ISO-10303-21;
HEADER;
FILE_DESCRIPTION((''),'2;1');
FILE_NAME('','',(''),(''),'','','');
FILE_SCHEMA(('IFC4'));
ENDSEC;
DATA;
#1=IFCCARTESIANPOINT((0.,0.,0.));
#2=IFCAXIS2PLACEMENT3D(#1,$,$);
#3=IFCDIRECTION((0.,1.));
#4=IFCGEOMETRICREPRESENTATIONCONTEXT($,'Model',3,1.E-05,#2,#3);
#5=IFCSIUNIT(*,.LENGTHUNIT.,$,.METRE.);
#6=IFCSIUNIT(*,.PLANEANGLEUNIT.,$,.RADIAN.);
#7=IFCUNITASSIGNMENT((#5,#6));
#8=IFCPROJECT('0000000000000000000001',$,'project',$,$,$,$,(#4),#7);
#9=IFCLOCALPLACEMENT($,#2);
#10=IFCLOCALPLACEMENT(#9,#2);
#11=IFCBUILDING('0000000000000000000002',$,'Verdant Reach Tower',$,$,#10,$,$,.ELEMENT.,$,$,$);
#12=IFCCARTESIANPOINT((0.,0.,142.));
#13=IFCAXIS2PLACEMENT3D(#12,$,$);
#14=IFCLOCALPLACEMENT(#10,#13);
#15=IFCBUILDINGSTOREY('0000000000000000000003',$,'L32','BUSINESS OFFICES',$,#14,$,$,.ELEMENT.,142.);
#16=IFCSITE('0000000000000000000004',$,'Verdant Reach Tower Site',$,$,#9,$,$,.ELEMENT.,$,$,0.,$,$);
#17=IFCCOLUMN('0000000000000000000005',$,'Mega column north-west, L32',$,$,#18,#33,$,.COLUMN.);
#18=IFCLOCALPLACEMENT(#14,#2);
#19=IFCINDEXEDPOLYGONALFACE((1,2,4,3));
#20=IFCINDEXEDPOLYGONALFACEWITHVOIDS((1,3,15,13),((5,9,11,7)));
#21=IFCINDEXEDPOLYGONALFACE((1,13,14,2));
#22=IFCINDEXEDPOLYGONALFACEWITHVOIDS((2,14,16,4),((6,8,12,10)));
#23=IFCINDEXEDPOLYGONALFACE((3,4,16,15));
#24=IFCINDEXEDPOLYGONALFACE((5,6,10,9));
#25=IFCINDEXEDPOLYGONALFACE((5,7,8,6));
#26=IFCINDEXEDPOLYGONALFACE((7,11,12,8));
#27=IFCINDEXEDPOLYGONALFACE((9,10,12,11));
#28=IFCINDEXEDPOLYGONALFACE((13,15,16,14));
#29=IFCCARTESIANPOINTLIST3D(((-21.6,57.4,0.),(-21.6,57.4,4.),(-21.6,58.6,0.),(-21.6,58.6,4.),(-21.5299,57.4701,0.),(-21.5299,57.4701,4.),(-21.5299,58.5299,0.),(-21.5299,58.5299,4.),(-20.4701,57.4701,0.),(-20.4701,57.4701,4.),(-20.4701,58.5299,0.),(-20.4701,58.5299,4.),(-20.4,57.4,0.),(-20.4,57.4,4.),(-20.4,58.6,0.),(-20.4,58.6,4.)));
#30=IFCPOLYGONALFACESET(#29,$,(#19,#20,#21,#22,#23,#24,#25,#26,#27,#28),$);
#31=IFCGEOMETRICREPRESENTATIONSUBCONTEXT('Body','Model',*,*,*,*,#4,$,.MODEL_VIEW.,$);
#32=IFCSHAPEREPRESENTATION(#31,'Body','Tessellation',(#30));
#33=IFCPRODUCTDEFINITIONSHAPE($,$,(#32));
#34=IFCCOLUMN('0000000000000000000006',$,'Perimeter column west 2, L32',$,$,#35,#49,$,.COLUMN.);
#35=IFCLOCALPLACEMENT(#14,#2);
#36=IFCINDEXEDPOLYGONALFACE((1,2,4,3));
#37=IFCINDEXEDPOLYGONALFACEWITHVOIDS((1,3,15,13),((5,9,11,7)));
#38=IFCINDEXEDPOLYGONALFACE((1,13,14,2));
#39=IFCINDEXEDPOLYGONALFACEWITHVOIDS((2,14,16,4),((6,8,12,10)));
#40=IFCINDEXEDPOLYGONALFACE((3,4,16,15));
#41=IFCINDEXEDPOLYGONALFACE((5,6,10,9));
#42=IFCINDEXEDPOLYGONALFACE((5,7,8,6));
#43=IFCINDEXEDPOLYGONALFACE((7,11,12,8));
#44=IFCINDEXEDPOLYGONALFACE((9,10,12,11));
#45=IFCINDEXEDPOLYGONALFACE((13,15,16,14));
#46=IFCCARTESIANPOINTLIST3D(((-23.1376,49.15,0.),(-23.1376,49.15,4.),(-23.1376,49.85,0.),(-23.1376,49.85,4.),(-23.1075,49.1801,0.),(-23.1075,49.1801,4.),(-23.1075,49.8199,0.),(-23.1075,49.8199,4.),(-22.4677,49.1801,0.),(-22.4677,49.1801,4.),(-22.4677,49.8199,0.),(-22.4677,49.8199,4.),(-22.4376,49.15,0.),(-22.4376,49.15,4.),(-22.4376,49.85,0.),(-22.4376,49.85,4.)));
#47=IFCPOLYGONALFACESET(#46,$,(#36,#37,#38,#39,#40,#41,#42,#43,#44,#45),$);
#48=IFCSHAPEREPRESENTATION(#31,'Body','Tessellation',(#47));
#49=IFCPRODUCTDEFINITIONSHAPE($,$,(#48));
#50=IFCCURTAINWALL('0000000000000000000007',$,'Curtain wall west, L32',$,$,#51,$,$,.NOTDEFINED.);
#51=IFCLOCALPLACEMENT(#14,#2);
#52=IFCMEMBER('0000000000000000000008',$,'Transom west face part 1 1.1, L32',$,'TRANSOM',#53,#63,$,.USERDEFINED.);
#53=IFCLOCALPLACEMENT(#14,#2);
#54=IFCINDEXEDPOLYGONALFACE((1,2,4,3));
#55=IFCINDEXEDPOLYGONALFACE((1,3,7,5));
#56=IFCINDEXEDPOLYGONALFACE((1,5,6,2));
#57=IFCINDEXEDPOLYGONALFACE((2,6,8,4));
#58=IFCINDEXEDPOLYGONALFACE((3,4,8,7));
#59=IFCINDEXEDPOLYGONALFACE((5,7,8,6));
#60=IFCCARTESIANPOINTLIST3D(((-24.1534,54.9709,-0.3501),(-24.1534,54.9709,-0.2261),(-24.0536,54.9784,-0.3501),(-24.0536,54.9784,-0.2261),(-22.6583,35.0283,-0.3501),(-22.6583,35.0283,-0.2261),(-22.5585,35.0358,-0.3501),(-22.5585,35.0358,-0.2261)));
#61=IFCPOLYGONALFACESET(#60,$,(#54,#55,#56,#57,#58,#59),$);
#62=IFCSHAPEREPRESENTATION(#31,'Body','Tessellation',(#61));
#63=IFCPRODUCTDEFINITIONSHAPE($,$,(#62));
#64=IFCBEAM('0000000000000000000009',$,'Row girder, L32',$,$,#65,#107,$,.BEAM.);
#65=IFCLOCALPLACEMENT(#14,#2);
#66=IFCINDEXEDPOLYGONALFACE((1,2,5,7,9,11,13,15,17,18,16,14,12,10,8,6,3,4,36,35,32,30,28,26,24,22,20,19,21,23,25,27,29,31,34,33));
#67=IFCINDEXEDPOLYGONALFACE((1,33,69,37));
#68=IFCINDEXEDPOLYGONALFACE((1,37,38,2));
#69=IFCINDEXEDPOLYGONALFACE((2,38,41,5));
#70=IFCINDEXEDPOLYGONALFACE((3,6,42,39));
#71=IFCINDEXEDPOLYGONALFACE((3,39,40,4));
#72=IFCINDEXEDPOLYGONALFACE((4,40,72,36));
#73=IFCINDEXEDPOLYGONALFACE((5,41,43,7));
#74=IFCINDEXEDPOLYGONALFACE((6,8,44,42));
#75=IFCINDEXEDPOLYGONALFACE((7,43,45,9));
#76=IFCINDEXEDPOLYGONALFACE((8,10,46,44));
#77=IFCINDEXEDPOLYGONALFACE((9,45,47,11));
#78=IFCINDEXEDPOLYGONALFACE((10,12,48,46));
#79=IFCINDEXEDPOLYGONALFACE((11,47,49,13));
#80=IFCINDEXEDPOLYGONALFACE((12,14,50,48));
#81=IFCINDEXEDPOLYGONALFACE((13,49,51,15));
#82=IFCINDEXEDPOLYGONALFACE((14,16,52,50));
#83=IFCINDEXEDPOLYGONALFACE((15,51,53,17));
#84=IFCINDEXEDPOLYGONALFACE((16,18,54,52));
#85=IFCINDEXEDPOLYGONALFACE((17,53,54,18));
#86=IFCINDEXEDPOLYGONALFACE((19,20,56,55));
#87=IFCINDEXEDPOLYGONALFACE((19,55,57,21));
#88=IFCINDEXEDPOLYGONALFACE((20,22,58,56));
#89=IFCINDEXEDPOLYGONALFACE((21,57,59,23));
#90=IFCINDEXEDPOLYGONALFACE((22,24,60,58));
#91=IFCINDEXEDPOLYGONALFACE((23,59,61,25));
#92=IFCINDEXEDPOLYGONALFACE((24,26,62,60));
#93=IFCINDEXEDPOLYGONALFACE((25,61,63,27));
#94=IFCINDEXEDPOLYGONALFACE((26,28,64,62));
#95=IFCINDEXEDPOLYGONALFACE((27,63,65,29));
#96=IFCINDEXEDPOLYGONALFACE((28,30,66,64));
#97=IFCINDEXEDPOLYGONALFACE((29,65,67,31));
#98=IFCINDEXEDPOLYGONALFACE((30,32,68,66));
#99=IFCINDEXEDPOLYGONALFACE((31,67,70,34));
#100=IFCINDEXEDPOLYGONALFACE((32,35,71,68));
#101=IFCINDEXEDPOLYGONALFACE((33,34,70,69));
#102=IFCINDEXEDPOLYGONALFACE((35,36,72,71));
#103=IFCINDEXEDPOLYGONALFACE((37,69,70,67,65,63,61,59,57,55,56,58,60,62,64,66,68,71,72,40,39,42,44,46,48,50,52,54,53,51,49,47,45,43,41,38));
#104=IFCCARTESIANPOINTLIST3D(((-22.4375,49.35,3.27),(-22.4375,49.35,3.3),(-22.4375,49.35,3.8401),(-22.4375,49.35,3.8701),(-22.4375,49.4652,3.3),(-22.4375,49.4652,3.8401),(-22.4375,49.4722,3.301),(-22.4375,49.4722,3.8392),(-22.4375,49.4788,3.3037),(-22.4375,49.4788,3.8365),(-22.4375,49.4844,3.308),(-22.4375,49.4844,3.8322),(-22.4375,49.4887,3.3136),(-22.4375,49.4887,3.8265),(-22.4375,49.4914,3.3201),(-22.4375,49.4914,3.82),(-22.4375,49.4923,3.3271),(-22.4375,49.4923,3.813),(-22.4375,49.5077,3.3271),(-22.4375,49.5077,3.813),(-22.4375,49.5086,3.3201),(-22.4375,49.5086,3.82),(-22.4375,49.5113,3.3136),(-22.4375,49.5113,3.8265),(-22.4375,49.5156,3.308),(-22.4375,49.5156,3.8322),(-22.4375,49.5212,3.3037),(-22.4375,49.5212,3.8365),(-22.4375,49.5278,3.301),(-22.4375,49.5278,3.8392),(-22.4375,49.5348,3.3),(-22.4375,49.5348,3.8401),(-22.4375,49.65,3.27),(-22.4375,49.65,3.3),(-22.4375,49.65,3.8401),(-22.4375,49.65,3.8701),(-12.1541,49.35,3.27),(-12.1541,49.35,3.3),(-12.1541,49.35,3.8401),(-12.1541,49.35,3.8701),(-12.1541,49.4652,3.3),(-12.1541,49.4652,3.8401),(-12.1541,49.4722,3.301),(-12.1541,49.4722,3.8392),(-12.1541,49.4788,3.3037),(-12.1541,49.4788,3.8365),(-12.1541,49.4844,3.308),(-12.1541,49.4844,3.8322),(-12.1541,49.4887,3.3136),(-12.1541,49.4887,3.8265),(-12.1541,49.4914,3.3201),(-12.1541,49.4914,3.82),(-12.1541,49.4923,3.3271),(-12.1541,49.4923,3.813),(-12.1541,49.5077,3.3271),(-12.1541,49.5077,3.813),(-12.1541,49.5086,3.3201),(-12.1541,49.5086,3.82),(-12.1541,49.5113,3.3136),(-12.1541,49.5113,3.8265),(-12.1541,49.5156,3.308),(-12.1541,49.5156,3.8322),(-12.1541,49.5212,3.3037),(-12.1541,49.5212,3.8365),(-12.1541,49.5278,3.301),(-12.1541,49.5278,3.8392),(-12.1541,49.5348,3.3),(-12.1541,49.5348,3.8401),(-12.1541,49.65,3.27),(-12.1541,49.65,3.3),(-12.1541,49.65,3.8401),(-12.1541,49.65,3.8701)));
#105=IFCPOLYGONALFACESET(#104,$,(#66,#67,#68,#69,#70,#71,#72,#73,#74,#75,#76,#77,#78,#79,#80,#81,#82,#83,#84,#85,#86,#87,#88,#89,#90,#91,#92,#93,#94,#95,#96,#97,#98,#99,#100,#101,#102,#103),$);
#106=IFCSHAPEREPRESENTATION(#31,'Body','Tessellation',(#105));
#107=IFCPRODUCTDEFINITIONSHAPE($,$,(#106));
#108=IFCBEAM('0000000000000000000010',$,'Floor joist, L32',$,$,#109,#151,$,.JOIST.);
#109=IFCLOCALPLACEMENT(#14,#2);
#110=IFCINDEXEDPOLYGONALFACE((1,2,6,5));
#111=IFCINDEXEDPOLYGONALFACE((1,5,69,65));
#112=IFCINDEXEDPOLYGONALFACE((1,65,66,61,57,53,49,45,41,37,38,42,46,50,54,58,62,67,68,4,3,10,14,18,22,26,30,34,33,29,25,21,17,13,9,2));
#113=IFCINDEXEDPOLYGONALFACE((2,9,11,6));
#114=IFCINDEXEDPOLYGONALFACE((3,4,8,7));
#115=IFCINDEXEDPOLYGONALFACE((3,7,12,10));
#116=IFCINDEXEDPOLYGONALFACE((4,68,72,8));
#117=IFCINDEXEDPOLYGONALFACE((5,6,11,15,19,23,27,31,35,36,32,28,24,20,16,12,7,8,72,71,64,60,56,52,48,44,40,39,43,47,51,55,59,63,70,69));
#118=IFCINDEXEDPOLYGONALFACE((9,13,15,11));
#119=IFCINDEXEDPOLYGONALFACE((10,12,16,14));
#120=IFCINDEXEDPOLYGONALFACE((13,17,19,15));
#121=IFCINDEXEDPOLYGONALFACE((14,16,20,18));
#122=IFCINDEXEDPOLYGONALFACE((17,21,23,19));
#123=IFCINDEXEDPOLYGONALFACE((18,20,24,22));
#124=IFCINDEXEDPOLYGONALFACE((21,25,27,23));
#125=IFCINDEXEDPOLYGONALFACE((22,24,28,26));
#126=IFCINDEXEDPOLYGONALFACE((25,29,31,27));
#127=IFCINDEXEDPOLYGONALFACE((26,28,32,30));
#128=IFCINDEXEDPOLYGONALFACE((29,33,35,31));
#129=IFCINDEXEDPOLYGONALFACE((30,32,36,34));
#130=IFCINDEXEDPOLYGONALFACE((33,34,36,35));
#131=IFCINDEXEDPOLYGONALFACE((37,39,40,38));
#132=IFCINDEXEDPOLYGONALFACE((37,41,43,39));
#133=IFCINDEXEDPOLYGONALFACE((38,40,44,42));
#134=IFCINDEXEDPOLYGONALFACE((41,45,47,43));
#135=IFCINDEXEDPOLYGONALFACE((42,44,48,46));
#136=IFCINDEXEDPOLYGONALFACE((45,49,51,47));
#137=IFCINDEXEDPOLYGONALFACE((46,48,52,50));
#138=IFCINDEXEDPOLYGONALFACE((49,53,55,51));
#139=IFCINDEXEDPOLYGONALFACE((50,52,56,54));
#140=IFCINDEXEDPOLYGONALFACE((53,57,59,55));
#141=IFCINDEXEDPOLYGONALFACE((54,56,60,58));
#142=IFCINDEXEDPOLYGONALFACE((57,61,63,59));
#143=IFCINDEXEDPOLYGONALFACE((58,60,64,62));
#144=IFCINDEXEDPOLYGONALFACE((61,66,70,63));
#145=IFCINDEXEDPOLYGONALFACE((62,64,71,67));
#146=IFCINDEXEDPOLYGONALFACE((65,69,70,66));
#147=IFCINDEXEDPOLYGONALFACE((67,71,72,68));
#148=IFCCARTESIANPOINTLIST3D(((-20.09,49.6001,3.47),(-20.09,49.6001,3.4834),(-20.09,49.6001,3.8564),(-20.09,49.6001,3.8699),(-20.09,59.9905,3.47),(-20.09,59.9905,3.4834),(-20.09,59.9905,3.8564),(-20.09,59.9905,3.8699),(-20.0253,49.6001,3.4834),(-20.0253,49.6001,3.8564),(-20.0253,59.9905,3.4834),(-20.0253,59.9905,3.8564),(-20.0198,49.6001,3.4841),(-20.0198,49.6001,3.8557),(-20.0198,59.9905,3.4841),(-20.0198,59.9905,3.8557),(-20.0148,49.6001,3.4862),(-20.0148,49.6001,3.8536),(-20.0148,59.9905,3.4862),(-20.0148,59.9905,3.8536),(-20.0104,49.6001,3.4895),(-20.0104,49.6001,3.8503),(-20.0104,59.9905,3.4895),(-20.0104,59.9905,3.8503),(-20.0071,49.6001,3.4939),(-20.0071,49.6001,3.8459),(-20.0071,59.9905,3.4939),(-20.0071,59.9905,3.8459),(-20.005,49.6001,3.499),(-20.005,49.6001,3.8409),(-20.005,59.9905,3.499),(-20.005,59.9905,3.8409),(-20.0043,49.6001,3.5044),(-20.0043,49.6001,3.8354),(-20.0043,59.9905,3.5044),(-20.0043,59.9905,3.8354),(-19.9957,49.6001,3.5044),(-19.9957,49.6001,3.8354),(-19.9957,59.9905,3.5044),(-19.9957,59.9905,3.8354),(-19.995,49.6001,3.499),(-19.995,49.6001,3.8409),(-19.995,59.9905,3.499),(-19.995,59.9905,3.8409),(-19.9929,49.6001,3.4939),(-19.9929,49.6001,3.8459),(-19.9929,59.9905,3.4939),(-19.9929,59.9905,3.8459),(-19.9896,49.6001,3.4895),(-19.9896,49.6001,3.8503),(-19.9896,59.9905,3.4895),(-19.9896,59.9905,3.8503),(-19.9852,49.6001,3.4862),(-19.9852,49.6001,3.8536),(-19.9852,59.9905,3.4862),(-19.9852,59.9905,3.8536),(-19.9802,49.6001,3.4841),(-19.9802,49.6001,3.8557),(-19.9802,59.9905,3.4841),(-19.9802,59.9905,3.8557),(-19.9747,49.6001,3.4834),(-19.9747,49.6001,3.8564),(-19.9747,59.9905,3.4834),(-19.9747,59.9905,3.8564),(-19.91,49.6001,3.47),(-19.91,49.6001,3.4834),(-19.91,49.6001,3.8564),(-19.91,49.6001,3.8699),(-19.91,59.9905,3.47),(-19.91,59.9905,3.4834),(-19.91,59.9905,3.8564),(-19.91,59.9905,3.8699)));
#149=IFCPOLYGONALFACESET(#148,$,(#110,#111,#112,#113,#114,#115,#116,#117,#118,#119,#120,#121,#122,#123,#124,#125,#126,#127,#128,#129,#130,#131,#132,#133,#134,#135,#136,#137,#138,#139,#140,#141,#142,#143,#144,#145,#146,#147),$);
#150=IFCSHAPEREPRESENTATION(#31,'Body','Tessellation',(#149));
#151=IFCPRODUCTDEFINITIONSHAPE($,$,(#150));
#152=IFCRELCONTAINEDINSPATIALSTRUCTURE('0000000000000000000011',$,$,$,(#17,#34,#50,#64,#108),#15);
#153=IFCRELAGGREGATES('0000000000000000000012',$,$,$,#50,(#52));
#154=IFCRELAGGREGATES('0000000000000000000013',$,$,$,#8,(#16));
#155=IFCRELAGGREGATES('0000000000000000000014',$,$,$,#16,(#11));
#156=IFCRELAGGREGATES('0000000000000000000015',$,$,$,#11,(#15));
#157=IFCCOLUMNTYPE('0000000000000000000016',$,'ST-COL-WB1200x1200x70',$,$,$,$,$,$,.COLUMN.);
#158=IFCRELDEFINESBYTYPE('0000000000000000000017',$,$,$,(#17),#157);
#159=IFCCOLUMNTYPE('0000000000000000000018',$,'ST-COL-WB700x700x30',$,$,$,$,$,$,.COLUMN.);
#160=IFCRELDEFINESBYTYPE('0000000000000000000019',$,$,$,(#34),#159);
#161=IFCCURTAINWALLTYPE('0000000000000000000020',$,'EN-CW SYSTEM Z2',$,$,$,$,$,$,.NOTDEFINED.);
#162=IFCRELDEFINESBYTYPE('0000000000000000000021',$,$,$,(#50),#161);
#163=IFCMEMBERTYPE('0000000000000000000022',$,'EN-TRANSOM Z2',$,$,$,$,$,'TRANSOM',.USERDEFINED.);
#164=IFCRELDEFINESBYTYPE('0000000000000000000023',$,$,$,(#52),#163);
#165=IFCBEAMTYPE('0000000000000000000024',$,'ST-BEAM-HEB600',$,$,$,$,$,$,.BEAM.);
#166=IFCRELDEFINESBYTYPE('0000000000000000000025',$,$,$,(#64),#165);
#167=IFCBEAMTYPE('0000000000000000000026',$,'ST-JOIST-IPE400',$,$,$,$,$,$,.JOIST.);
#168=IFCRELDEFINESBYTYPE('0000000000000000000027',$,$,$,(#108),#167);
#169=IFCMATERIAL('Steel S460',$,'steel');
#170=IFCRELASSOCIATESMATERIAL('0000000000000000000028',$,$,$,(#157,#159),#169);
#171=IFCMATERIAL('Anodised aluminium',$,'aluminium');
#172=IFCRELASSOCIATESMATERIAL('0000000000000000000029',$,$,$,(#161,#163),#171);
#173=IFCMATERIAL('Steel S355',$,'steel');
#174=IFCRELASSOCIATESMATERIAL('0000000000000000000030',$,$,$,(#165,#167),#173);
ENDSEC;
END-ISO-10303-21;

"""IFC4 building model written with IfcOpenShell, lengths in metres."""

from ifc_helpers import new_model, si_unit, direction, frame, origin, origin_2d, place, context, subcontext, project, spatial, rectangle, hollow_rectangle, i_section, extrude, material, material_profile, profile_set, type_object, element, aggregate, save


model = new_model("IFC4")

# Units and contexts
model_context = context("Model", 3, precision=1e-05, world=origin(), true_north=direction((0.0, 1.0)))
body_context = subcontext(model_context, "Body", "Model", "MODEL_VIEW")
ifc_project = project(units=[si_unit("LENGTHUNIT", "METRE"), si_unit("PLANEANGLEUNIT", "RADIAN")], contexts=[model_context])

# Site, building, storey
site_placement = place(None, origin())
site = spatial("IfcSite", under=ifc_project, at=site_placement, Name="Verdant Reach Tower Site", CompositionType="ELEMENT", RefElevation=0.0)
building_placement = place(site_placement, origin())
building = spatial("IfcBuilding", under=site, at=building_placement, Name="Verdant Reach Tower", CompositionType="ELEMENT")
storey_placement = place(building_placement, frame((0.0, 0.0, 142.0)))
storey = spatial("IfcBuildingStorey", under=building, at=storey_placement, Name="L32", Description="BUSINESS OFFICES", CompositionType="ELEMENT", Elevation=142.0)

# Columns
ifc_material_1 = material(Name="Steel S460", Category="steel")
ifc_material_profile_1 = material_profile(ifc_material_1, hollow_rectangle(XDim=1.2, YDim=1.2, WallThickness=0.0701, at=origin_2d()), Name="WB 1200x1200x70")
ifc_profile_set_1 = profile_set([ifc_material_profile_1], Name="Steel S460")
column_type_1 = type_object("IfcColumnType", Name="ST-COL-WB1200x1200x70", PredefinedType="COLUMN", material=ifc_profile_set_1)
column_1_placement = place(storey_placement, frame((-21.0, 58.0, 0.0), z_axis=(0.0, 0.0, 1.0), x_axis=(1.0, 0.0, 0.0)))
element("IfcColumn", 1, at=column_1_placement, inside=storey, type_object=column_type_1, Name="Mega column north-west, L32", PredefinedType="COLUMN", context=body_context, shape_type="SweptSolid", body=[
    extrude(hollow_rectangle(XDim=1.2, YDim=1.2, WallThickness=0.0701, at=origin_2d()), origin(), (0.0, 0.0, 1.0), 4.0),
])
ifc_material_profile_2 = material_profile(ifc_material_1, hollow_rectangle(XDim=0.7, YDim=0.7, WallThickness=0.03, at=origin_2d()), Name="WB 700x700x30")
ifc_profile_set_2 = profile_set([ifc_material_profile_2], Name="Steel S460")
column_type_2 = type_object("IfcColumnType", Name="ST-COL-WB700x700x30", PredefinedType="COLUMN", material=ifc_profile_set_2)
column_2_placement = place(storey_placement, frame((-22.7876, 49.5, 0.0), z_axis=(0.0, 0.0, 1.0), x_axis=(1.0, 0.0, 0.0)))
element("IfcColumn", 2, at=column_2_placement, inside=storey, type_object=column_type_2, Name="Perimeter column west 2, L32", PredefinedType="COLUMN", context=body_context, shape_type="SweptSolid", body=[
    extrude(hollow_rectangle(XDim=0.7, YDim=0.7, WallThickness=0.03, at=origin_2d()), origin(), (0.0, 0.0, 1.0), 4.0),
])

# Curtain wall, member
ifc_material_2 = material(Name="Anodised aluminium", Category="aluminium")
curtain_wall_type = type_object("IfcCurtainWallType", Name="EN-CW SYSTEM Z2", PredefinedType="NOTDEFINED", material=ifc_material_2)
curtain_wall_1_placement = place(storey_placement, origin())
curtain_wall_1 = element("IfcCurtainWall", 3, at=curtain_wall_1_placement, inside=storey, type_object=curtain_wall_type, Name="Curtain wall west, L32", PredefinedType="NOTDEFINED")
ifc_material_profile_3 = material_profile(ifc_material_2, rectangle(XDim=0.1001, YDim=0.124, at=origin_2d()), Name="Transom 124x100")
ifc_profile_set_3 = profile_set([ifc_material_profile_3], Name="Anodised aluminium")
member_type = type_object("IfcMemberType", Name="EN-TRANSOM Z2", ElementType="TRANSOM", PredefinedType="USERDEFINED", material=ifc_profile_set_3)
member_placement = place(storey_placement, frame((-24.1035, 54.9746, -0.2881), z_axis=(0.074761, -0.997201, 0.0), x_axis=(0.997201, 0.074761, 0.0)))
member = element("IfcMember", 4, at=member_placement, type_object=member_type, Name="Transom west face part 1 1.1, L32", ObjectType="TRANSOM", PredefinedType="USERDEFINED", context=body_context, shape_type="SweptSolid", body=[
    extrude(rectangle(XDim=0.1001, YDim=0.124, at=origin_2d()), origin(), (0.0, 0.0, 1.0), 19.9985),
])

# Beams
ifc_material_3 = material(Name="Steel S355", Category="steel")
ifc_material_profile_4 = material_profile(ifc_material_3, i_section(OverallWidth=0.3, OverallDepth=0.6001, WebThickness=0.0154, FlangeThickness=0.03, FilletRadius=0.0271, at=origin_2d()), Name="HEB 600")
ifc_profile_set_4 = profile_set([ifc_material_profile_4], Name="Steel S355")
beam_type_1 = type_object("IfcBeamType", Name="ST-BEAM-HEB600", PredefinedType="BEAM", material=ifc_profile_set_4)
beam_1_placement = place(storey_placement, frame((-22.4375, 49.5, 3.5701), z_axis=(1.0, 0.0, 0.0), x_axis=(0.0, 1.0, 0.0)))
element("IfcBeam", 5, at=beam_1_placement, inside=storey, type_object=beam_type_1, Name="Row girder, L32", PredefinedType="BEAM", context=body_context, shape_type="SweptSolid", body=[
    extrude(i_section(OverallWidth=0.3, OverallDepth=0.6001, WebThickness=0.0154, FlangeThickness=0.03, FilletRadius=0.0271, at=origin_2d()), origin(), (0.0, 0.0, 1.0), 10.2834),
])
ifc_material_profile_5 = material_profile(ifc_material_3, i_section(OverallWidth=0.1799, OverallDepth=0.3999, WebThickness=0.0085, FlangeThickness=0.0134, FilletRadius=0.021, at=origin_2d()), Name="IPE 400")
ifc_profile_set_5 = profile_set([ifc_material_profile_5], Name="Steel S355")
beam_type_2 = type_object("IfcBeamType", Name="ST-JOIST-IPE400", PredefinedType="JOIST", material=ifc_profile_set_5)
beam_2_placement = place(storey_placement, frame((-20.0, 49.6001, 3.6699), z_axis=(0.0, 1.0, 0.0), x_axis=(-1.0, 0.0, 0.0)))
element("IfcBeam", 6, at=beam_2_placement, inside=storey, type_object=beam_type_2, Name="Floor joist, L32", PredefinedType="JOIST", context=body_context, shape_type="SweptSolid", body=[
    extrude(i_section(OverallWidth=0.1799, OverallDepth=0.3999, WebThickness=0.0085, FlangeThickness=0.0134, FilletRadius=0.021, at=origin_2d()), origin(), (0.0, 0.0, 1.0), 10.3904),
])

aggregate(curtain_wall_1, [member])

save(model, "model.ifc")
